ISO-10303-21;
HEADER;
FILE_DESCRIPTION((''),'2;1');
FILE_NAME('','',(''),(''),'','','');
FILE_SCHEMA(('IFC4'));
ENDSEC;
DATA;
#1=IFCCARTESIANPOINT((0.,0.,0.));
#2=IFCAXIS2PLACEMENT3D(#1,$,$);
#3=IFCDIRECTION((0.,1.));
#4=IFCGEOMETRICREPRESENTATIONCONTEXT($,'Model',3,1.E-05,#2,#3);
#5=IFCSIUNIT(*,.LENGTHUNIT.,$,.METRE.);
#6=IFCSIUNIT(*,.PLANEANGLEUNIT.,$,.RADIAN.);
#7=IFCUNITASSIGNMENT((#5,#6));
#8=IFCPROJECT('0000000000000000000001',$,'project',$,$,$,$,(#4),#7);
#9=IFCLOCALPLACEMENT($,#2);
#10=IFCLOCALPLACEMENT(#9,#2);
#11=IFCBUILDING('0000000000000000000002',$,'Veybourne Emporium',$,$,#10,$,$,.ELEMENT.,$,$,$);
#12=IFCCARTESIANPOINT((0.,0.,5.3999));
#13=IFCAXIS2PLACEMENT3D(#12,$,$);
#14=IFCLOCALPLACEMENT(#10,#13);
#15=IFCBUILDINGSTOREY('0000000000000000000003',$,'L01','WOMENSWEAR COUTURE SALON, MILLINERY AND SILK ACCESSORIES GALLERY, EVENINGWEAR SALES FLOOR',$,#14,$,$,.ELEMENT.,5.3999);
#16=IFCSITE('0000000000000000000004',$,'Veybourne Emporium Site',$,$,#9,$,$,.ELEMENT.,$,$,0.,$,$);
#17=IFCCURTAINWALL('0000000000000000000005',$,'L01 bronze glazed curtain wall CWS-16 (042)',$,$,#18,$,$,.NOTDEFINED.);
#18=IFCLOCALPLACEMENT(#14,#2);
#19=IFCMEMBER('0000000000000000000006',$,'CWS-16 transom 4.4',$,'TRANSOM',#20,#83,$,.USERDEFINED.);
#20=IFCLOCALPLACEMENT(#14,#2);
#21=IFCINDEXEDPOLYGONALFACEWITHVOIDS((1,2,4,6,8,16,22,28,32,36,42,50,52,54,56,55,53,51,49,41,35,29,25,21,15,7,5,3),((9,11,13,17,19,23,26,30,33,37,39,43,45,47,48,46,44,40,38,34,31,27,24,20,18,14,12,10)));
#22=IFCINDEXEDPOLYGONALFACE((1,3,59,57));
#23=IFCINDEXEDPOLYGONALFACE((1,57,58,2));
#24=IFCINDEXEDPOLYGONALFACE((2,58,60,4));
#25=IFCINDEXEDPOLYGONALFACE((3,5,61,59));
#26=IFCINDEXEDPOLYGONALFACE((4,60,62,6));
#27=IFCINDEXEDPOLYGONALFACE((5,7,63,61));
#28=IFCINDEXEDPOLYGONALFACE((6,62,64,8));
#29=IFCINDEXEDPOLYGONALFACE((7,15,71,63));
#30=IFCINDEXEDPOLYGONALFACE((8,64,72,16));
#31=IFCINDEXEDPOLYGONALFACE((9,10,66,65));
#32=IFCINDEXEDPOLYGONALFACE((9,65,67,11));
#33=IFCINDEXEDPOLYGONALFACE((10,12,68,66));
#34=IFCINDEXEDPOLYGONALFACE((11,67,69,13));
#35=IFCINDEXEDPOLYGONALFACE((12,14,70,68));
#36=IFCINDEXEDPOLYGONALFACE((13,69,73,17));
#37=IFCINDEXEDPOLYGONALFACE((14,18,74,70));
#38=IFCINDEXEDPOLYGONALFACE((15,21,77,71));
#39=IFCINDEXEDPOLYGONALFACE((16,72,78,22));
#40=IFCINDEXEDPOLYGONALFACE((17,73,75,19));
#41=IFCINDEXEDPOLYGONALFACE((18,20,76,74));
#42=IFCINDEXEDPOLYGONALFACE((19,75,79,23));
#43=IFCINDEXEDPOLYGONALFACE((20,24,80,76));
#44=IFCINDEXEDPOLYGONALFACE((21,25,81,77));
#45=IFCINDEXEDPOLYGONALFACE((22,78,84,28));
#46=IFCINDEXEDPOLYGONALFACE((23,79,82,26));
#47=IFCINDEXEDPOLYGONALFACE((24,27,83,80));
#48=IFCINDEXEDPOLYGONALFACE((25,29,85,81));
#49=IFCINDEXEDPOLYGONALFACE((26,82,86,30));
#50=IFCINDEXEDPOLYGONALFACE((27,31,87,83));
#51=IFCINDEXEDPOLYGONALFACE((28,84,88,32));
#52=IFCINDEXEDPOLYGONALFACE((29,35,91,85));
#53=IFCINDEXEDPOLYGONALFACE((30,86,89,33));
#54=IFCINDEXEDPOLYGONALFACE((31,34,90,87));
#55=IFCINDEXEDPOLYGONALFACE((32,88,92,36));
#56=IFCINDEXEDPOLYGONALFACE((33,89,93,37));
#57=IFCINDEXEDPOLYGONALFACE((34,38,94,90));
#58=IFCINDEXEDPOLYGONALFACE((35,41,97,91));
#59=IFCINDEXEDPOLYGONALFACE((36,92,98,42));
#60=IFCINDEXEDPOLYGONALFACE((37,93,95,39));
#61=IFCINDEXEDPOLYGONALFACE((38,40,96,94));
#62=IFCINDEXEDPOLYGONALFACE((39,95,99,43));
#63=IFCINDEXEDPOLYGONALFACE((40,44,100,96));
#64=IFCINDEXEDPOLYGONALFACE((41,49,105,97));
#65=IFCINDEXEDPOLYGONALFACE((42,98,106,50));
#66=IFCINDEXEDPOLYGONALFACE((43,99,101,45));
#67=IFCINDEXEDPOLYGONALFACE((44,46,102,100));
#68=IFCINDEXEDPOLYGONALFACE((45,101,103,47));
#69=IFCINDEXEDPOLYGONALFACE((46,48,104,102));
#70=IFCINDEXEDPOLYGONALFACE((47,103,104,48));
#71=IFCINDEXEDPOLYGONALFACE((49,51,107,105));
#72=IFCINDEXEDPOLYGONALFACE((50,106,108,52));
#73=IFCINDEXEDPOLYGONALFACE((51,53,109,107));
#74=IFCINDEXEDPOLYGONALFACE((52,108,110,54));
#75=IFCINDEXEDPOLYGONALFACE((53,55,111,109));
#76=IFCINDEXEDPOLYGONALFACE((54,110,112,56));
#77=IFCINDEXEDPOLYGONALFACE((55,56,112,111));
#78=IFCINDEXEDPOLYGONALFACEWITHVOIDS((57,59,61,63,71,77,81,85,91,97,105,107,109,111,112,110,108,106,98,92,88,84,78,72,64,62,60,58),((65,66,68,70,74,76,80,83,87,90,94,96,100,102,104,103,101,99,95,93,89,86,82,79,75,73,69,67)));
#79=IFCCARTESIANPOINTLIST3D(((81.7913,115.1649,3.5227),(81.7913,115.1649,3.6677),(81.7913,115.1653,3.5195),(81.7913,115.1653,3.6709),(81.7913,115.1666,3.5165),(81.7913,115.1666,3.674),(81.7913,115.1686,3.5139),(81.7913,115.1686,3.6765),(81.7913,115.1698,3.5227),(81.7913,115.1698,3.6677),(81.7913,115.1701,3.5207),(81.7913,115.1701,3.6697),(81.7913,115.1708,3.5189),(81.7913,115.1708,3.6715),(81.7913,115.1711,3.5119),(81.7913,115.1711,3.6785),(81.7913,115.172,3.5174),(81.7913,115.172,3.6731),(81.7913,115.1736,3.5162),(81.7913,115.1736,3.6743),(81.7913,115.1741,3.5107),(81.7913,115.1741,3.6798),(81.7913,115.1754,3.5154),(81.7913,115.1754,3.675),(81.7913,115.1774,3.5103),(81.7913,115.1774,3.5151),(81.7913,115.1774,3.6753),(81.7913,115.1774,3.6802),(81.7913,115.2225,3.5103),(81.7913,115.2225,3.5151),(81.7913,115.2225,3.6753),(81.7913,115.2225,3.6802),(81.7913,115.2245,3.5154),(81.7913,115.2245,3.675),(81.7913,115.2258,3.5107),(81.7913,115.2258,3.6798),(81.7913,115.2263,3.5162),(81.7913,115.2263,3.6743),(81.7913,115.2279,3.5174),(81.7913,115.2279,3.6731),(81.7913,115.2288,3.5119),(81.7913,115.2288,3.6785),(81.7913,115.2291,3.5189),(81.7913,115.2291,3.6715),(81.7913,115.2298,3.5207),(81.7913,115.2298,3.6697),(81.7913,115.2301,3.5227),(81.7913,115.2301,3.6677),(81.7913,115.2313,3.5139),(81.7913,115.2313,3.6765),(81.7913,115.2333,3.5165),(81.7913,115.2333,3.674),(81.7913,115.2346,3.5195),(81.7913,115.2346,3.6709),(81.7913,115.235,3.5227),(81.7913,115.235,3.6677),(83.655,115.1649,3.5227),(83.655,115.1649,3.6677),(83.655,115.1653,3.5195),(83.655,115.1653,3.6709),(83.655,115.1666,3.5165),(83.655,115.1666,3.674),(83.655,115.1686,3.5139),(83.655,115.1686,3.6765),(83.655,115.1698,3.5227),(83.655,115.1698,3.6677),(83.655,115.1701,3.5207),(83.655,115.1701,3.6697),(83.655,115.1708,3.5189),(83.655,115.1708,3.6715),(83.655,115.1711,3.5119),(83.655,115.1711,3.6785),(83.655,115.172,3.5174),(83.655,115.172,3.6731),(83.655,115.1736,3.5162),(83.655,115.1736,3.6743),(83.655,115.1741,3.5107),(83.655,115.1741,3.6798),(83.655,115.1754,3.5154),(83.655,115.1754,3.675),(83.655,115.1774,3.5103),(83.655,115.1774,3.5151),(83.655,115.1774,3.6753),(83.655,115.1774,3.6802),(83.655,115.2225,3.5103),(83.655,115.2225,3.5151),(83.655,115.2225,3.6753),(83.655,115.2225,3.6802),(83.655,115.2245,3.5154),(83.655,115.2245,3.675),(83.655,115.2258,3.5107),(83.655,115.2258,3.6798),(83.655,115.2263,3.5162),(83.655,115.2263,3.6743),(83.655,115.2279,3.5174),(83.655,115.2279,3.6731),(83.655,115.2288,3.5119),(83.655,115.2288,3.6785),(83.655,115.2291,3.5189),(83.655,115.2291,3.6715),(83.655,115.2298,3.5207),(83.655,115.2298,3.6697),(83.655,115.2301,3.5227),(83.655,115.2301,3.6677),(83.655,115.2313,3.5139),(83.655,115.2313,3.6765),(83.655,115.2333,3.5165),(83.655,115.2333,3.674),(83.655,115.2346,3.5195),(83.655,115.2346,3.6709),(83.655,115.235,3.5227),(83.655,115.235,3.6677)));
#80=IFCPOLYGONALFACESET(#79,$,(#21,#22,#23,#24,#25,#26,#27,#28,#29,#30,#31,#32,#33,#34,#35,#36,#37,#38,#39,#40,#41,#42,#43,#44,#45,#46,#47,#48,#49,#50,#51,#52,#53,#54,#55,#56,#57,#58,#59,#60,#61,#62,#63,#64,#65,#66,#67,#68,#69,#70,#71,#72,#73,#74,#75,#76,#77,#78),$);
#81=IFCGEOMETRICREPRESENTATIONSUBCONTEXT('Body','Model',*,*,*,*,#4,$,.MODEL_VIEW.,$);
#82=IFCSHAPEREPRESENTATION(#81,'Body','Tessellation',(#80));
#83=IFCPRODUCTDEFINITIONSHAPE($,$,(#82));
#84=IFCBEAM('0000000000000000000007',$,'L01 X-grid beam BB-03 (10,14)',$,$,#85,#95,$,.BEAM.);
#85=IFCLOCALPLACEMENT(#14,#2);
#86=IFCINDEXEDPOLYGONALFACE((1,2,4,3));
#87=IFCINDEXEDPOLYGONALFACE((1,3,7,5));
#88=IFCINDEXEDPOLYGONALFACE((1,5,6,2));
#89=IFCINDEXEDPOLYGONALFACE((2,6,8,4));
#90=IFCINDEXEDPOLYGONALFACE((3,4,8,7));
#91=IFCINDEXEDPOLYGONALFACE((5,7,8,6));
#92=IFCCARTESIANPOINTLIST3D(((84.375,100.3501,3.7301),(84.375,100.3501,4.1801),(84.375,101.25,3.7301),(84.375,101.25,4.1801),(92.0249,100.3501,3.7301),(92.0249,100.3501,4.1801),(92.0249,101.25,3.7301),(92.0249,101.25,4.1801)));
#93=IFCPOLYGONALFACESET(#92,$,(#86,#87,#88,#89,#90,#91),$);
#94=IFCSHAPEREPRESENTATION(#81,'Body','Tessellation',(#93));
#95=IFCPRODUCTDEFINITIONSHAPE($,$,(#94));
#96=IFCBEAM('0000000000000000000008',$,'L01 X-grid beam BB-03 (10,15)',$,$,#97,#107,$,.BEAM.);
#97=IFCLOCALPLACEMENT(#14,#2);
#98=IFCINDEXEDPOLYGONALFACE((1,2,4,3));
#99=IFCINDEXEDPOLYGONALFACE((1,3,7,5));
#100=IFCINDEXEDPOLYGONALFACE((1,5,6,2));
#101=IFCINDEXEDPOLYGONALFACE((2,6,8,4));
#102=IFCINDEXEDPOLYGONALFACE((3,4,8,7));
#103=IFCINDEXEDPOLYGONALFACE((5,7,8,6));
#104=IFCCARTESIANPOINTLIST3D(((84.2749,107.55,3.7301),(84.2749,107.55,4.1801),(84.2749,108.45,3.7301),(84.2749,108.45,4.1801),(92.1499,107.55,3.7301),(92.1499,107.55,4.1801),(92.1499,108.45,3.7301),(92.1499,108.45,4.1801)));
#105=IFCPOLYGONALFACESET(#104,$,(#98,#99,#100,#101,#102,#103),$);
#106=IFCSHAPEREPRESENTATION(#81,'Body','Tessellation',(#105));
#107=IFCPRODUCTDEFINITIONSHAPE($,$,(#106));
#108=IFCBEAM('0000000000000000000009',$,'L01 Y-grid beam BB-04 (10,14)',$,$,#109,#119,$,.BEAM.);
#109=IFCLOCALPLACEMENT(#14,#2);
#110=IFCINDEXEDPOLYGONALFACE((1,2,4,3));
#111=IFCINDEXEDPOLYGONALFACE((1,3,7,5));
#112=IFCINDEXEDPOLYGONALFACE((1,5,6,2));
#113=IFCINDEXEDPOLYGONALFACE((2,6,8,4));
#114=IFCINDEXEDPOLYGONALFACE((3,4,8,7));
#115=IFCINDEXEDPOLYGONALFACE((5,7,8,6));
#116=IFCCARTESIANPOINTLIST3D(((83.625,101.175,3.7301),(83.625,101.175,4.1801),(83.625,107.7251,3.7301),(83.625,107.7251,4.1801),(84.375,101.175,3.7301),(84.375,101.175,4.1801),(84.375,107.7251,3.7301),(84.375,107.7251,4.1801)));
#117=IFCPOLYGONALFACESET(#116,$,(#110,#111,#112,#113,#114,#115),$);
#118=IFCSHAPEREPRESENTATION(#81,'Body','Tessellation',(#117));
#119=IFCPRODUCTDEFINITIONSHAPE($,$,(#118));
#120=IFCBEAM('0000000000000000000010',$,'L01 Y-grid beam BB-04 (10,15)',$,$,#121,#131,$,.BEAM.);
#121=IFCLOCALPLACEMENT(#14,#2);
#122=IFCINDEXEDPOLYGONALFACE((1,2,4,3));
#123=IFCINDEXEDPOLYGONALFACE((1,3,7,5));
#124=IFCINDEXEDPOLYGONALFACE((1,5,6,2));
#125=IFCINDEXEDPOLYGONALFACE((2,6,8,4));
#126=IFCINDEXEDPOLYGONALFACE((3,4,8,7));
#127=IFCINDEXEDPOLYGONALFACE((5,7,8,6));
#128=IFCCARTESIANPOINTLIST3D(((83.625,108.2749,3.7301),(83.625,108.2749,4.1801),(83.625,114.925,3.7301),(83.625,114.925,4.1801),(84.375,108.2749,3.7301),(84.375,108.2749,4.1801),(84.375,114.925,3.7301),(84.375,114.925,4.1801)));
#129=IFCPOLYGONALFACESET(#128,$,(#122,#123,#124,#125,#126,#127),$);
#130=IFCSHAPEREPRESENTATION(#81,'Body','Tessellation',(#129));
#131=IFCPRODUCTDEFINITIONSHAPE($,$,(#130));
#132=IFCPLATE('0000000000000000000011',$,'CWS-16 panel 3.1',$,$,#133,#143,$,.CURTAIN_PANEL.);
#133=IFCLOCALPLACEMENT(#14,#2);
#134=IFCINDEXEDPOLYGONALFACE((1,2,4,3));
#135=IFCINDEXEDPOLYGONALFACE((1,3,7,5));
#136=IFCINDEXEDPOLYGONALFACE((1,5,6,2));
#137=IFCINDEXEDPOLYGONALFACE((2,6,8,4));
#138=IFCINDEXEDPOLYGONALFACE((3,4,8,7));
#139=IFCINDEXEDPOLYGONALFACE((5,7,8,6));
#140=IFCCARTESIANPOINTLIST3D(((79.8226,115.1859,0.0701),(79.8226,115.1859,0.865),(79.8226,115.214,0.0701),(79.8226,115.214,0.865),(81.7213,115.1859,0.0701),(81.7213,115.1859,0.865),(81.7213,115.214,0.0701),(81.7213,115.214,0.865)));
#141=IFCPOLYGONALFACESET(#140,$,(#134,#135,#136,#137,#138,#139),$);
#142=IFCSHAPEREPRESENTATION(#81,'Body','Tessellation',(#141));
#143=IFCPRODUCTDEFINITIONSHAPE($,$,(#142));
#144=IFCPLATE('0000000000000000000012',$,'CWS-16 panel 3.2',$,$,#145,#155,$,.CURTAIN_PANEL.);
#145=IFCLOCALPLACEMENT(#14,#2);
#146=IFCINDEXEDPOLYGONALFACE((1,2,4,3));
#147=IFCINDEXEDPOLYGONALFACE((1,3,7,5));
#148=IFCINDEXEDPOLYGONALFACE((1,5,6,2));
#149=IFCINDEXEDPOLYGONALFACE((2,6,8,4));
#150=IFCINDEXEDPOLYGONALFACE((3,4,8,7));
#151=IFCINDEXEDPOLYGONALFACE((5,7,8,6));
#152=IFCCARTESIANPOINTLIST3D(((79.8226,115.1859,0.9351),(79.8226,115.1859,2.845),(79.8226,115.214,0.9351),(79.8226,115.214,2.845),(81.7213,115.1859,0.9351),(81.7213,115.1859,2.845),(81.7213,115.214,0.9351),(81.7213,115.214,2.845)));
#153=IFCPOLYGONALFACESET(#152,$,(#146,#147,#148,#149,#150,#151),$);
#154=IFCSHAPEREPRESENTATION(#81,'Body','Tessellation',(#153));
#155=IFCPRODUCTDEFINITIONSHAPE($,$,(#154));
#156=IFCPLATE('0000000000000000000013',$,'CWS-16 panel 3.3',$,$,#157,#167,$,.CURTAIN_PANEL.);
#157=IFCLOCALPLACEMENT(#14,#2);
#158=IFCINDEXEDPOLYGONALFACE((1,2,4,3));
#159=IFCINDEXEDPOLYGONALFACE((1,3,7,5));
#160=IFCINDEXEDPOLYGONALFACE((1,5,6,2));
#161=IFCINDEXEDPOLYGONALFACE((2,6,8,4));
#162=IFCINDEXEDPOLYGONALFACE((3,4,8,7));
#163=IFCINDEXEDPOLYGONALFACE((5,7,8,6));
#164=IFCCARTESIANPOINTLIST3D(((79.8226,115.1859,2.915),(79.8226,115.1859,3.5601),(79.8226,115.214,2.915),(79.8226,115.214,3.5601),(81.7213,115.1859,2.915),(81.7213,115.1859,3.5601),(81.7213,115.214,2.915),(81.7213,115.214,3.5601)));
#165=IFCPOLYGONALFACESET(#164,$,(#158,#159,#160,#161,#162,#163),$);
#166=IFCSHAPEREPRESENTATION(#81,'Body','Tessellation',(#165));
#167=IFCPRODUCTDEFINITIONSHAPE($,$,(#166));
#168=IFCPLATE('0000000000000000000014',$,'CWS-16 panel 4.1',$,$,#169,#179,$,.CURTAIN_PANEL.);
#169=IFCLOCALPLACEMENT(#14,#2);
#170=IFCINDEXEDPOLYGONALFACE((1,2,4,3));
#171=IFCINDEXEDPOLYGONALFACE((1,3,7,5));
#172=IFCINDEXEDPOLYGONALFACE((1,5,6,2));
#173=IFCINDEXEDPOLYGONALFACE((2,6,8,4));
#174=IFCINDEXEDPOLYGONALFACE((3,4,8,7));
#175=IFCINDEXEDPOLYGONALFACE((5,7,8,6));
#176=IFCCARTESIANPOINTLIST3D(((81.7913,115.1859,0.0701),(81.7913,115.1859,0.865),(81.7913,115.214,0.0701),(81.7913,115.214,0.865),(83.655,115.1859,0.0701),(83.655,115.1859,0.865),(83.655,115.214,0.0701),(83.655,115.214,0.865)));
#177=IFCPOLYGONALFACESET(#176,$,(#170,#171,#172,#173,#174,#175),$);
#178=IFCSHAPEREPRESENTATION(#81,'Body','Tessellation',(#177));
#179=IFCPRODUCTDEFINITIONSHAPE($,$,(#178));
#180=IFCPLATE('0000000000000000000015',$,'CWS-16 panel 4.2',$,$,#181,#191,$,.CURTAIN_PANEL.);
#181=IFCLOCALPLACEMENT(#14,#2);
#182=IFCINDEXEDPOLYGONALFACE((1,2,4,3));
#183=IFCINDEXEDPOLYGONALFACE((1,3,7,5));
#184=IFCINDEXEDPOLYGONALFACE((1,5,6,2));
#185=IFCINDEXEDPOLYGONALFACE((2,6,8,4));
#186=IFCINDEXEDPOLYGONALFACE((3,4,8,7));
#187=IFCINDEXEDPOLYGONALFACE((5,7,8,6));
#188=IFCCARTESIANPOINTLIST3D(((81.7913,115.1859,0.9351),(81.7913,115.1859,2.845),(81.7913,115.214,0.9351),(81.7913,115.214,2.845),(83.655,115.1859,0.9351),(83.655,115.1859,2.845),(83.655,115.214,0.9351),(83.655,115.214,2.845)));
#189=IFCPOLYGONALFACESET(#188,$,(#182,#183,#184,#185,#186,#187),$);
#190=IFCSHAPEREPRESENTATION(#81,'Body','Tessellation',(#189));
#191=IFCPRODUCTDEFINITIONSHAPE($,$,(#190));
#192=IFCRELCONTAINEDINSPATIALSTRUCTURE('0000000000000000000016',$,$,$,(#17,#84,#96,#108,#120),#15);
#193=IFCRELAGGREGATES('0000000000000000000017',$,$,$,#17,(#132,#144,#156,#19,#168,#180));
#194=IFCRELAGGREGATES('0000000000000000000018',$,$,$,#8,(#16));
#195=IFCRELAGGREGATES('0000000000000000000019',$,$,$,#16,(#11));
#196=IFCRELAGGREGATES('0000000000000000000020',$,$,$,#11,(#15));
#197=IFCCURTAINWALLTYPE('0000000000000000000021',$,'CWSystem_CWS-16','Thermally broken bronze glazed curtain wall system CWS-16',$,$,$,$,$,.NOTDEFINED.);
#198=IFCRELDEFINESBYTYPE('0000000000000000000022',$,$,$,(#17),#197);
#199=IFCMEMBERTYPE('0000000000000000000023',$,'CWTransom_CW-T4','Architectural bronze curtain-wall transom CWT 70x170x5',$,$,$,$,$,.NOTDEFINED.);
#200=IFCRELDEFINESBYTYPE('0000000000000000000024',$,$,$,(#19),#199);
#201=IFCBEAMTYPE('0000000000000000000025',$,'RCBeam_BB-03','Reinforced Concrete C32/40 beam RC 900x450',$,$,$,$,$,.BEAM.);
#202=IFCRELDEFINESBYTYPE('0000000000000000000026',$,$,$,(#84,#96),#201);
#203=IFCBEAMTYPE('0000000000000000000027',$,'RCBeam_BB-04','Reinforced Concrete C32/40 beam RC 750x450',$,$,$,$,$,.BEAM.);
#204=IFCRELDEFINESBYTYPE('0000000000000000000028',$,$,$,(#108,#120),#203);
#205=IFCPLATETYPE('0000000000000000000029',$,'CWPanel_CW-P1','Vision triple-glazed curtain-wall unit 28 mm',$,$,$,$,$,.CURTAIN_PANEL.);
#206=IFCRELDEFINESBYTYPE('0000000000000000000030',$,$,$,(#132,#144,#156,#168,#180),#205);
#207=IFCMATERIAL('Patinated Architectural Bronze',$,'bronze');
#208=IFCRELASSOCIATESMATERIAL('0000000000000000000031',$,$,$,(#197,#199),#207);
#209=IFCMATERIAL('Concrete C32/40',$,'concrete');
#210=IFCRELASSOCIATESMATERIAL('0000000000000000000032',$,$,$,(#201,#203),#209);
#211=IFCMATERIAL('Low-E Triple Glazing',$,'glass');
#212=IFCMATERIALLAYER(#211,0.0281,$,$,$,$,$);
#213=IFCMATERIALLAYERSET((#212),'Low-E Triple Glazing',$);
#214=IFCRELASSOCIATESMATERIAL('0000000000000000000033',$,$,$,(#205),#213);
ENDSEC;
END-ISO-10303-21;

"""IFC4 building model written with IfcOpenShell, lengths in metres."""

from ifc_helpers import new_model, si_unit, direction, frame, origin, origin_2d, place, context, subcontext, project, spatial, rectangle, hollow_rectangle, extrude, material, layer, layer_set, material_profile, profile_set, type_object, element, aggregate, save


model = new_model("IFC4")

# Units and contexts
model_context = context("Model", 3, precision=1e-05, world=origin(), true_north=direction((0.0, 1.0)))
body_context = subcontext(model_context, "Body", "Model", "MODEL_VIEW")
ifc_project = project(units=[si_unit("LENGTHUNIT", "METRE"), si_unit("PLANEANGLEUNIT", "RADIAN")], contexts=[model_context])

# Site, building, storey
site_placement = place(None, origin())
site = spatial("IfcSite", under=ifc_project, at=site_placement, Name="Veybourne Emporium Site", CompositionType="ELEMENT", RefElevation=0.0)
building_placement = place(site_placement, origin())
building = spatial("IfcBuilding", under=site, at=building_placement, Name="Veybourne Emporium", CompositionType="ELEMENT")
storey_placement = place(building_placement, frame((0.0, 0.0, 5.3999)))
storey = spatial("IfcBuildingStorey", under=building, at=storey_placement, Name="L01", Description="WOMENSWEAR COUTURE SALON, MILLINERY AND SILK ACCESSORIES GALLERY, EVENINGWEAR SALES FLOOR", CompositionType="ELEMENT", Elevation=5.3999)

# Curtain wall, member
ifc_material_1 = material(Name="Patinated Architectural Bronze", Category="bronze")
curtain_wall_type = type_object("IfcCurtainWallType", Name="CWSystem_CWS-16", Description="Thermally broken bronze glazed curtain wall system CWS-16", PredefinedType="NOTDEFINED", material=ifc_material_1)
curtain_wall_placement = place(storey_placement, origin())
curtain_wall = element("IfcCurtainWall", 1, at=curtain_wall_placement, inside=storey, type_object=curtain_wall_type, Name="L01 bronze glazed curtain wall CWS-16 (042)", PredefinedType="NOTDEFINED")
ifc_material_profile_1 = material_profile(ifc_material_1, hollow_rectangle(XDim=0.0701, YDim=0.1699, WallThickness=0.0049, InnerFilletRadius=0.0076, OuterFilletRadius=0.0125, at=origin_2d()), Name="CWT 70x170x5")
ifc_profile_set_1 = profile_set([ifc_material_profile_1], Name="Patinated Architectural Bronze")
member_type_1 = type_object("IfcMemberType", Name="CWTransom_CW-T4", Description="Architectural bronze curtain-wall transom CWT 70x170x5", PredefinedType="NOTDEFINED", material=ifc_profile_set_1)
member_1_placement = place(storey_placement, frame((81.7913, 115.2, 3.5952), z_axis=(1.0, 0.0, 0.0), x_axis=(0.0, 1.0, 0.0)))
member_1 = element("IfcMember", 2, at=member_1_placement, type_object=member_type_1, Name="CWS-16 transom 4.4", ObjectType="TRANSOM", PredefinedType="USERDEFINED", context=body_context, shape_type="SweptSolid", body=[
    extrude(hollow_rectangle(XDim=0.0701, YDim=0.1699, WallThickness=0.0049, InnerFilletRadius=0.0076, OuterFilletRadius=0.0125, at=origin_2d()), origin(), (0.0, 0.0, 1.0), 1.8638),
])

# Beams
ifc_material_2 = material(Name="Concrete C32/40", Category="concrete")
ifc_material_profile_2 = material_profile(ifc_material_2, rectangle(XDim=0.8999, YDim=0.45, at=origin_2d()), Name="RC 900x450")
ifc_profile_set_2 = profile_set([ifc_material_profile_2], Name="Concrete C32/40")
beam_type_1 = type_object("IfcBeamType", Name="RCBeam_BB-03", Description="Reinforced Concrete C32/40 beam RC 900x450", PredefinedType="BEAM", material=ifc_profile_set_2)
beam_1_placement = place(storey_placement, frame((84.375, 100.8, 3.9551), z_axis=(1.0, 0.0, 0.0), x_axis=(0.0, 1.0, 0.0)))
element("IfcBeam", 3, at=beam_1_placement, inside=storey, type_object=beam_type_1, Name="L01 X-grid beam BB-03 (10,14)", PredefinedType="BEAM", context=body_context, shape_type="SweptSolid", body=[
    extrude(rectangle(XDim=0.8999, YDim=0.45, at=origin_2d()), origin(), (0.0, 0.0, 1.0), 7.6499),
])
beam_2_placement = place(storey_placement, frame((84.2749, 108.0, 3.9551), z_axis=(1.0, 0.0, 0.0), x_axis=(0.0, 1.0, 0.0)))
element("IfcBeam", 4, at=beam_2_placement, inside=storey, type_object=beam_type_1, Name="L01 X-grid beam BB-03 (10,15)", PredefinedType="BEAM", context=body_context, shape_type="SweptSolid", body=[
    extrude(rectangle(XDim=0.8999, YDim=0.45, at=origin_2d()), origin(), (0.0, 0.0, 1.0), 7.875),
])
ifc_material_profile_3 = material_profile(ifc_material_2, rectangle(XDim=0.75, YDim=0.45, at=origin_2d()), Name="RC 750x450")
ifc_profile_set_3 = profile_set([ifc_material_profile_3], Name="Concrete C32/40")
beam_type_2 = type_object("IfcBeamType", Name="RCBeam_BB-04", Description="Reinforced Concrete C32/40 beam RC 750x450", PredefinedType="BEAM", material=ifc_profile_set_3)
beam_3_placement = place(storey_placement, frame((84.0, 101.175, 3.9551), z_axis=(0.0, 1.0, 0.0), x_axis=(-1.0, 0.0, 0.0)))
element("IfcBeam", 5, at=beam_3_placement, inside=storey, type_object=beam_type_2, Name="L01 Y-grid beam BB-04 (10,14)", PredefinedType="BEAM", context=body_context, shape_type="SweptSolid", body=[
    extrude(rectangle(XDim=0.75, YDim=0.45, at=origin_2d()), origin(), (0.0, 0.0, 1.0), 6.55),
])
beam_4_placement = place(storey_placement, frame((84.0, 108.2749, 3.9551), z_axis=(0.0, 1.0, 0.0), x_axis=(-1.0, 0.0, 0.0)))
element("IfcBeam", 6, at=beam_4_placement, inside=storey, type_object=beam_type_2, Name="L01 Y-grid beam BB-04 (10,15)", PredefinedType="BEAM", context=body_context, shape_type="SweptSolid", body=[
    extrude(rectangle(XDim=0.75, YDim=0.45, at=origin_2d()), origin(), (0.0, 0.0, 1.0), 6.6501),
])

# Plates
ifc_material_3 = material(Name="Low-E Triple Glazing", Category="glass")
ifc_layer = layer(ifc_material_3, 0.0281)
ifc_layer_set = layer_set([ifc_layer], Name="Low-E Triple Glazing")
plate_type = type_object("IfcPlateType", Name="CWPanel_CW-P1", Description="Vision triple-glazed curtain-wall unit 28 mm", PredefinedType="CURTAIN_PANEL", material=ifc_layer_set)
plate_1_placement = place(storey_placement, frame((80.772, 115.2, 0.0701), z_axis=(0.0, 0.0, 1.0), x_axis=(1.0, 0.0, 0.0)))
plate_1 = element("IfcPlate", 7, at=plate_1_placement, type_object=plate_type, Name="CWS-16 panel 3.1", PredefinedType="CURTAIN_PANEL", context=body_context, shape_type="SweptSolid", body=[
    extrude(rectangle(XDim=1.8987, YDim=0.0281, at=origin_2d()), origin(), (0.0, 0.0, 1.0), 0.7949),
])
plate_2_placement = place(storey_placement, frame((80.772, 115.2, 0.9351), z_axis=(0.0, 0.0, 1.0), x_axis=(1.0, 0.0, 0.0)))
plate_2 = element("IfcPlate", 8, at=plate_2_placement, type_object=plate_type, Name="CWS-16 panel 3.2", PredefinedType="CURTAIN_PANEL", context=body_context, shape_type="SweptSolid", body=[
    extrude(rectangle(XDim=1.8987, YDim=0.0281, at=origin_2d()), origin(), (0.0, 0.0, 1.0), 1.9099),
])
plate_3_placement = place(storey_placement, frame((80.772, 115.2, 2.915), z_axis=(0.0, 0.0, 1.0), x_axis=(1.0, 0.0, 0.0)))
plate_3 = element("IfcPlate", 9, at=plate_3_placement, type_object=plate_type, Name="CWS-16 panel 3.3", PredefinedType="CURTAIN_PANEL", context=body_context, shape_type="SweptSolid", body=[
    extrude(rectangle(XDim=1.8987, YDim=0.0281, at=origin_2d()), origin(), (0.0, 0.0, 1.0), 0.645),
])
plate_4_placement = place(storey_placement, frame((82.7231, 115.2, 0.0701), z_axis=(0.0, 0.0, 1.0), x_axis=(1.0, 0.0, 0.0)))
plate_4 = element("IfcPlate", 10, at=plate_4_placement, type_object=plate_type, Name="CWS-16 panel 4.1", PredefinedType="CURTAIN_PANEL", context=body_context, shape_type="SweptSolid", body=[
    extrude(rectangle(XDim=1.8638, YDim=0.0281, at=origin_2d()), origin(), (0.0, 0.0, 1.0), 0.7949),
])
plate_5_placement = place(storey_placement, frame((82.7231, 115.2, 0.9351), z_axis=(0.0, 0.0, 1.0), x_axis=(1.0, 0.0, 0.0)))
plate_5 = element("IfcPlate", 11, at=plate_5_placement, type_object=plate_type, Name="CWS-16 panel 4.2", PredefinedType="CURTAIN_PANEL", context=body_context, shape_type="SweptSolid", body=[
    extrude(rectangle(XDim=1.8638, YDim=0.0281, at=origin_2d()), origin(), (0.0, 0.0, 1.0), 1.9099),
])
aggregate(curtain_wall, [plate_1, plate_2, plate_3, member_1, plate_4, plate_5])

save(model, "model.ifc")
